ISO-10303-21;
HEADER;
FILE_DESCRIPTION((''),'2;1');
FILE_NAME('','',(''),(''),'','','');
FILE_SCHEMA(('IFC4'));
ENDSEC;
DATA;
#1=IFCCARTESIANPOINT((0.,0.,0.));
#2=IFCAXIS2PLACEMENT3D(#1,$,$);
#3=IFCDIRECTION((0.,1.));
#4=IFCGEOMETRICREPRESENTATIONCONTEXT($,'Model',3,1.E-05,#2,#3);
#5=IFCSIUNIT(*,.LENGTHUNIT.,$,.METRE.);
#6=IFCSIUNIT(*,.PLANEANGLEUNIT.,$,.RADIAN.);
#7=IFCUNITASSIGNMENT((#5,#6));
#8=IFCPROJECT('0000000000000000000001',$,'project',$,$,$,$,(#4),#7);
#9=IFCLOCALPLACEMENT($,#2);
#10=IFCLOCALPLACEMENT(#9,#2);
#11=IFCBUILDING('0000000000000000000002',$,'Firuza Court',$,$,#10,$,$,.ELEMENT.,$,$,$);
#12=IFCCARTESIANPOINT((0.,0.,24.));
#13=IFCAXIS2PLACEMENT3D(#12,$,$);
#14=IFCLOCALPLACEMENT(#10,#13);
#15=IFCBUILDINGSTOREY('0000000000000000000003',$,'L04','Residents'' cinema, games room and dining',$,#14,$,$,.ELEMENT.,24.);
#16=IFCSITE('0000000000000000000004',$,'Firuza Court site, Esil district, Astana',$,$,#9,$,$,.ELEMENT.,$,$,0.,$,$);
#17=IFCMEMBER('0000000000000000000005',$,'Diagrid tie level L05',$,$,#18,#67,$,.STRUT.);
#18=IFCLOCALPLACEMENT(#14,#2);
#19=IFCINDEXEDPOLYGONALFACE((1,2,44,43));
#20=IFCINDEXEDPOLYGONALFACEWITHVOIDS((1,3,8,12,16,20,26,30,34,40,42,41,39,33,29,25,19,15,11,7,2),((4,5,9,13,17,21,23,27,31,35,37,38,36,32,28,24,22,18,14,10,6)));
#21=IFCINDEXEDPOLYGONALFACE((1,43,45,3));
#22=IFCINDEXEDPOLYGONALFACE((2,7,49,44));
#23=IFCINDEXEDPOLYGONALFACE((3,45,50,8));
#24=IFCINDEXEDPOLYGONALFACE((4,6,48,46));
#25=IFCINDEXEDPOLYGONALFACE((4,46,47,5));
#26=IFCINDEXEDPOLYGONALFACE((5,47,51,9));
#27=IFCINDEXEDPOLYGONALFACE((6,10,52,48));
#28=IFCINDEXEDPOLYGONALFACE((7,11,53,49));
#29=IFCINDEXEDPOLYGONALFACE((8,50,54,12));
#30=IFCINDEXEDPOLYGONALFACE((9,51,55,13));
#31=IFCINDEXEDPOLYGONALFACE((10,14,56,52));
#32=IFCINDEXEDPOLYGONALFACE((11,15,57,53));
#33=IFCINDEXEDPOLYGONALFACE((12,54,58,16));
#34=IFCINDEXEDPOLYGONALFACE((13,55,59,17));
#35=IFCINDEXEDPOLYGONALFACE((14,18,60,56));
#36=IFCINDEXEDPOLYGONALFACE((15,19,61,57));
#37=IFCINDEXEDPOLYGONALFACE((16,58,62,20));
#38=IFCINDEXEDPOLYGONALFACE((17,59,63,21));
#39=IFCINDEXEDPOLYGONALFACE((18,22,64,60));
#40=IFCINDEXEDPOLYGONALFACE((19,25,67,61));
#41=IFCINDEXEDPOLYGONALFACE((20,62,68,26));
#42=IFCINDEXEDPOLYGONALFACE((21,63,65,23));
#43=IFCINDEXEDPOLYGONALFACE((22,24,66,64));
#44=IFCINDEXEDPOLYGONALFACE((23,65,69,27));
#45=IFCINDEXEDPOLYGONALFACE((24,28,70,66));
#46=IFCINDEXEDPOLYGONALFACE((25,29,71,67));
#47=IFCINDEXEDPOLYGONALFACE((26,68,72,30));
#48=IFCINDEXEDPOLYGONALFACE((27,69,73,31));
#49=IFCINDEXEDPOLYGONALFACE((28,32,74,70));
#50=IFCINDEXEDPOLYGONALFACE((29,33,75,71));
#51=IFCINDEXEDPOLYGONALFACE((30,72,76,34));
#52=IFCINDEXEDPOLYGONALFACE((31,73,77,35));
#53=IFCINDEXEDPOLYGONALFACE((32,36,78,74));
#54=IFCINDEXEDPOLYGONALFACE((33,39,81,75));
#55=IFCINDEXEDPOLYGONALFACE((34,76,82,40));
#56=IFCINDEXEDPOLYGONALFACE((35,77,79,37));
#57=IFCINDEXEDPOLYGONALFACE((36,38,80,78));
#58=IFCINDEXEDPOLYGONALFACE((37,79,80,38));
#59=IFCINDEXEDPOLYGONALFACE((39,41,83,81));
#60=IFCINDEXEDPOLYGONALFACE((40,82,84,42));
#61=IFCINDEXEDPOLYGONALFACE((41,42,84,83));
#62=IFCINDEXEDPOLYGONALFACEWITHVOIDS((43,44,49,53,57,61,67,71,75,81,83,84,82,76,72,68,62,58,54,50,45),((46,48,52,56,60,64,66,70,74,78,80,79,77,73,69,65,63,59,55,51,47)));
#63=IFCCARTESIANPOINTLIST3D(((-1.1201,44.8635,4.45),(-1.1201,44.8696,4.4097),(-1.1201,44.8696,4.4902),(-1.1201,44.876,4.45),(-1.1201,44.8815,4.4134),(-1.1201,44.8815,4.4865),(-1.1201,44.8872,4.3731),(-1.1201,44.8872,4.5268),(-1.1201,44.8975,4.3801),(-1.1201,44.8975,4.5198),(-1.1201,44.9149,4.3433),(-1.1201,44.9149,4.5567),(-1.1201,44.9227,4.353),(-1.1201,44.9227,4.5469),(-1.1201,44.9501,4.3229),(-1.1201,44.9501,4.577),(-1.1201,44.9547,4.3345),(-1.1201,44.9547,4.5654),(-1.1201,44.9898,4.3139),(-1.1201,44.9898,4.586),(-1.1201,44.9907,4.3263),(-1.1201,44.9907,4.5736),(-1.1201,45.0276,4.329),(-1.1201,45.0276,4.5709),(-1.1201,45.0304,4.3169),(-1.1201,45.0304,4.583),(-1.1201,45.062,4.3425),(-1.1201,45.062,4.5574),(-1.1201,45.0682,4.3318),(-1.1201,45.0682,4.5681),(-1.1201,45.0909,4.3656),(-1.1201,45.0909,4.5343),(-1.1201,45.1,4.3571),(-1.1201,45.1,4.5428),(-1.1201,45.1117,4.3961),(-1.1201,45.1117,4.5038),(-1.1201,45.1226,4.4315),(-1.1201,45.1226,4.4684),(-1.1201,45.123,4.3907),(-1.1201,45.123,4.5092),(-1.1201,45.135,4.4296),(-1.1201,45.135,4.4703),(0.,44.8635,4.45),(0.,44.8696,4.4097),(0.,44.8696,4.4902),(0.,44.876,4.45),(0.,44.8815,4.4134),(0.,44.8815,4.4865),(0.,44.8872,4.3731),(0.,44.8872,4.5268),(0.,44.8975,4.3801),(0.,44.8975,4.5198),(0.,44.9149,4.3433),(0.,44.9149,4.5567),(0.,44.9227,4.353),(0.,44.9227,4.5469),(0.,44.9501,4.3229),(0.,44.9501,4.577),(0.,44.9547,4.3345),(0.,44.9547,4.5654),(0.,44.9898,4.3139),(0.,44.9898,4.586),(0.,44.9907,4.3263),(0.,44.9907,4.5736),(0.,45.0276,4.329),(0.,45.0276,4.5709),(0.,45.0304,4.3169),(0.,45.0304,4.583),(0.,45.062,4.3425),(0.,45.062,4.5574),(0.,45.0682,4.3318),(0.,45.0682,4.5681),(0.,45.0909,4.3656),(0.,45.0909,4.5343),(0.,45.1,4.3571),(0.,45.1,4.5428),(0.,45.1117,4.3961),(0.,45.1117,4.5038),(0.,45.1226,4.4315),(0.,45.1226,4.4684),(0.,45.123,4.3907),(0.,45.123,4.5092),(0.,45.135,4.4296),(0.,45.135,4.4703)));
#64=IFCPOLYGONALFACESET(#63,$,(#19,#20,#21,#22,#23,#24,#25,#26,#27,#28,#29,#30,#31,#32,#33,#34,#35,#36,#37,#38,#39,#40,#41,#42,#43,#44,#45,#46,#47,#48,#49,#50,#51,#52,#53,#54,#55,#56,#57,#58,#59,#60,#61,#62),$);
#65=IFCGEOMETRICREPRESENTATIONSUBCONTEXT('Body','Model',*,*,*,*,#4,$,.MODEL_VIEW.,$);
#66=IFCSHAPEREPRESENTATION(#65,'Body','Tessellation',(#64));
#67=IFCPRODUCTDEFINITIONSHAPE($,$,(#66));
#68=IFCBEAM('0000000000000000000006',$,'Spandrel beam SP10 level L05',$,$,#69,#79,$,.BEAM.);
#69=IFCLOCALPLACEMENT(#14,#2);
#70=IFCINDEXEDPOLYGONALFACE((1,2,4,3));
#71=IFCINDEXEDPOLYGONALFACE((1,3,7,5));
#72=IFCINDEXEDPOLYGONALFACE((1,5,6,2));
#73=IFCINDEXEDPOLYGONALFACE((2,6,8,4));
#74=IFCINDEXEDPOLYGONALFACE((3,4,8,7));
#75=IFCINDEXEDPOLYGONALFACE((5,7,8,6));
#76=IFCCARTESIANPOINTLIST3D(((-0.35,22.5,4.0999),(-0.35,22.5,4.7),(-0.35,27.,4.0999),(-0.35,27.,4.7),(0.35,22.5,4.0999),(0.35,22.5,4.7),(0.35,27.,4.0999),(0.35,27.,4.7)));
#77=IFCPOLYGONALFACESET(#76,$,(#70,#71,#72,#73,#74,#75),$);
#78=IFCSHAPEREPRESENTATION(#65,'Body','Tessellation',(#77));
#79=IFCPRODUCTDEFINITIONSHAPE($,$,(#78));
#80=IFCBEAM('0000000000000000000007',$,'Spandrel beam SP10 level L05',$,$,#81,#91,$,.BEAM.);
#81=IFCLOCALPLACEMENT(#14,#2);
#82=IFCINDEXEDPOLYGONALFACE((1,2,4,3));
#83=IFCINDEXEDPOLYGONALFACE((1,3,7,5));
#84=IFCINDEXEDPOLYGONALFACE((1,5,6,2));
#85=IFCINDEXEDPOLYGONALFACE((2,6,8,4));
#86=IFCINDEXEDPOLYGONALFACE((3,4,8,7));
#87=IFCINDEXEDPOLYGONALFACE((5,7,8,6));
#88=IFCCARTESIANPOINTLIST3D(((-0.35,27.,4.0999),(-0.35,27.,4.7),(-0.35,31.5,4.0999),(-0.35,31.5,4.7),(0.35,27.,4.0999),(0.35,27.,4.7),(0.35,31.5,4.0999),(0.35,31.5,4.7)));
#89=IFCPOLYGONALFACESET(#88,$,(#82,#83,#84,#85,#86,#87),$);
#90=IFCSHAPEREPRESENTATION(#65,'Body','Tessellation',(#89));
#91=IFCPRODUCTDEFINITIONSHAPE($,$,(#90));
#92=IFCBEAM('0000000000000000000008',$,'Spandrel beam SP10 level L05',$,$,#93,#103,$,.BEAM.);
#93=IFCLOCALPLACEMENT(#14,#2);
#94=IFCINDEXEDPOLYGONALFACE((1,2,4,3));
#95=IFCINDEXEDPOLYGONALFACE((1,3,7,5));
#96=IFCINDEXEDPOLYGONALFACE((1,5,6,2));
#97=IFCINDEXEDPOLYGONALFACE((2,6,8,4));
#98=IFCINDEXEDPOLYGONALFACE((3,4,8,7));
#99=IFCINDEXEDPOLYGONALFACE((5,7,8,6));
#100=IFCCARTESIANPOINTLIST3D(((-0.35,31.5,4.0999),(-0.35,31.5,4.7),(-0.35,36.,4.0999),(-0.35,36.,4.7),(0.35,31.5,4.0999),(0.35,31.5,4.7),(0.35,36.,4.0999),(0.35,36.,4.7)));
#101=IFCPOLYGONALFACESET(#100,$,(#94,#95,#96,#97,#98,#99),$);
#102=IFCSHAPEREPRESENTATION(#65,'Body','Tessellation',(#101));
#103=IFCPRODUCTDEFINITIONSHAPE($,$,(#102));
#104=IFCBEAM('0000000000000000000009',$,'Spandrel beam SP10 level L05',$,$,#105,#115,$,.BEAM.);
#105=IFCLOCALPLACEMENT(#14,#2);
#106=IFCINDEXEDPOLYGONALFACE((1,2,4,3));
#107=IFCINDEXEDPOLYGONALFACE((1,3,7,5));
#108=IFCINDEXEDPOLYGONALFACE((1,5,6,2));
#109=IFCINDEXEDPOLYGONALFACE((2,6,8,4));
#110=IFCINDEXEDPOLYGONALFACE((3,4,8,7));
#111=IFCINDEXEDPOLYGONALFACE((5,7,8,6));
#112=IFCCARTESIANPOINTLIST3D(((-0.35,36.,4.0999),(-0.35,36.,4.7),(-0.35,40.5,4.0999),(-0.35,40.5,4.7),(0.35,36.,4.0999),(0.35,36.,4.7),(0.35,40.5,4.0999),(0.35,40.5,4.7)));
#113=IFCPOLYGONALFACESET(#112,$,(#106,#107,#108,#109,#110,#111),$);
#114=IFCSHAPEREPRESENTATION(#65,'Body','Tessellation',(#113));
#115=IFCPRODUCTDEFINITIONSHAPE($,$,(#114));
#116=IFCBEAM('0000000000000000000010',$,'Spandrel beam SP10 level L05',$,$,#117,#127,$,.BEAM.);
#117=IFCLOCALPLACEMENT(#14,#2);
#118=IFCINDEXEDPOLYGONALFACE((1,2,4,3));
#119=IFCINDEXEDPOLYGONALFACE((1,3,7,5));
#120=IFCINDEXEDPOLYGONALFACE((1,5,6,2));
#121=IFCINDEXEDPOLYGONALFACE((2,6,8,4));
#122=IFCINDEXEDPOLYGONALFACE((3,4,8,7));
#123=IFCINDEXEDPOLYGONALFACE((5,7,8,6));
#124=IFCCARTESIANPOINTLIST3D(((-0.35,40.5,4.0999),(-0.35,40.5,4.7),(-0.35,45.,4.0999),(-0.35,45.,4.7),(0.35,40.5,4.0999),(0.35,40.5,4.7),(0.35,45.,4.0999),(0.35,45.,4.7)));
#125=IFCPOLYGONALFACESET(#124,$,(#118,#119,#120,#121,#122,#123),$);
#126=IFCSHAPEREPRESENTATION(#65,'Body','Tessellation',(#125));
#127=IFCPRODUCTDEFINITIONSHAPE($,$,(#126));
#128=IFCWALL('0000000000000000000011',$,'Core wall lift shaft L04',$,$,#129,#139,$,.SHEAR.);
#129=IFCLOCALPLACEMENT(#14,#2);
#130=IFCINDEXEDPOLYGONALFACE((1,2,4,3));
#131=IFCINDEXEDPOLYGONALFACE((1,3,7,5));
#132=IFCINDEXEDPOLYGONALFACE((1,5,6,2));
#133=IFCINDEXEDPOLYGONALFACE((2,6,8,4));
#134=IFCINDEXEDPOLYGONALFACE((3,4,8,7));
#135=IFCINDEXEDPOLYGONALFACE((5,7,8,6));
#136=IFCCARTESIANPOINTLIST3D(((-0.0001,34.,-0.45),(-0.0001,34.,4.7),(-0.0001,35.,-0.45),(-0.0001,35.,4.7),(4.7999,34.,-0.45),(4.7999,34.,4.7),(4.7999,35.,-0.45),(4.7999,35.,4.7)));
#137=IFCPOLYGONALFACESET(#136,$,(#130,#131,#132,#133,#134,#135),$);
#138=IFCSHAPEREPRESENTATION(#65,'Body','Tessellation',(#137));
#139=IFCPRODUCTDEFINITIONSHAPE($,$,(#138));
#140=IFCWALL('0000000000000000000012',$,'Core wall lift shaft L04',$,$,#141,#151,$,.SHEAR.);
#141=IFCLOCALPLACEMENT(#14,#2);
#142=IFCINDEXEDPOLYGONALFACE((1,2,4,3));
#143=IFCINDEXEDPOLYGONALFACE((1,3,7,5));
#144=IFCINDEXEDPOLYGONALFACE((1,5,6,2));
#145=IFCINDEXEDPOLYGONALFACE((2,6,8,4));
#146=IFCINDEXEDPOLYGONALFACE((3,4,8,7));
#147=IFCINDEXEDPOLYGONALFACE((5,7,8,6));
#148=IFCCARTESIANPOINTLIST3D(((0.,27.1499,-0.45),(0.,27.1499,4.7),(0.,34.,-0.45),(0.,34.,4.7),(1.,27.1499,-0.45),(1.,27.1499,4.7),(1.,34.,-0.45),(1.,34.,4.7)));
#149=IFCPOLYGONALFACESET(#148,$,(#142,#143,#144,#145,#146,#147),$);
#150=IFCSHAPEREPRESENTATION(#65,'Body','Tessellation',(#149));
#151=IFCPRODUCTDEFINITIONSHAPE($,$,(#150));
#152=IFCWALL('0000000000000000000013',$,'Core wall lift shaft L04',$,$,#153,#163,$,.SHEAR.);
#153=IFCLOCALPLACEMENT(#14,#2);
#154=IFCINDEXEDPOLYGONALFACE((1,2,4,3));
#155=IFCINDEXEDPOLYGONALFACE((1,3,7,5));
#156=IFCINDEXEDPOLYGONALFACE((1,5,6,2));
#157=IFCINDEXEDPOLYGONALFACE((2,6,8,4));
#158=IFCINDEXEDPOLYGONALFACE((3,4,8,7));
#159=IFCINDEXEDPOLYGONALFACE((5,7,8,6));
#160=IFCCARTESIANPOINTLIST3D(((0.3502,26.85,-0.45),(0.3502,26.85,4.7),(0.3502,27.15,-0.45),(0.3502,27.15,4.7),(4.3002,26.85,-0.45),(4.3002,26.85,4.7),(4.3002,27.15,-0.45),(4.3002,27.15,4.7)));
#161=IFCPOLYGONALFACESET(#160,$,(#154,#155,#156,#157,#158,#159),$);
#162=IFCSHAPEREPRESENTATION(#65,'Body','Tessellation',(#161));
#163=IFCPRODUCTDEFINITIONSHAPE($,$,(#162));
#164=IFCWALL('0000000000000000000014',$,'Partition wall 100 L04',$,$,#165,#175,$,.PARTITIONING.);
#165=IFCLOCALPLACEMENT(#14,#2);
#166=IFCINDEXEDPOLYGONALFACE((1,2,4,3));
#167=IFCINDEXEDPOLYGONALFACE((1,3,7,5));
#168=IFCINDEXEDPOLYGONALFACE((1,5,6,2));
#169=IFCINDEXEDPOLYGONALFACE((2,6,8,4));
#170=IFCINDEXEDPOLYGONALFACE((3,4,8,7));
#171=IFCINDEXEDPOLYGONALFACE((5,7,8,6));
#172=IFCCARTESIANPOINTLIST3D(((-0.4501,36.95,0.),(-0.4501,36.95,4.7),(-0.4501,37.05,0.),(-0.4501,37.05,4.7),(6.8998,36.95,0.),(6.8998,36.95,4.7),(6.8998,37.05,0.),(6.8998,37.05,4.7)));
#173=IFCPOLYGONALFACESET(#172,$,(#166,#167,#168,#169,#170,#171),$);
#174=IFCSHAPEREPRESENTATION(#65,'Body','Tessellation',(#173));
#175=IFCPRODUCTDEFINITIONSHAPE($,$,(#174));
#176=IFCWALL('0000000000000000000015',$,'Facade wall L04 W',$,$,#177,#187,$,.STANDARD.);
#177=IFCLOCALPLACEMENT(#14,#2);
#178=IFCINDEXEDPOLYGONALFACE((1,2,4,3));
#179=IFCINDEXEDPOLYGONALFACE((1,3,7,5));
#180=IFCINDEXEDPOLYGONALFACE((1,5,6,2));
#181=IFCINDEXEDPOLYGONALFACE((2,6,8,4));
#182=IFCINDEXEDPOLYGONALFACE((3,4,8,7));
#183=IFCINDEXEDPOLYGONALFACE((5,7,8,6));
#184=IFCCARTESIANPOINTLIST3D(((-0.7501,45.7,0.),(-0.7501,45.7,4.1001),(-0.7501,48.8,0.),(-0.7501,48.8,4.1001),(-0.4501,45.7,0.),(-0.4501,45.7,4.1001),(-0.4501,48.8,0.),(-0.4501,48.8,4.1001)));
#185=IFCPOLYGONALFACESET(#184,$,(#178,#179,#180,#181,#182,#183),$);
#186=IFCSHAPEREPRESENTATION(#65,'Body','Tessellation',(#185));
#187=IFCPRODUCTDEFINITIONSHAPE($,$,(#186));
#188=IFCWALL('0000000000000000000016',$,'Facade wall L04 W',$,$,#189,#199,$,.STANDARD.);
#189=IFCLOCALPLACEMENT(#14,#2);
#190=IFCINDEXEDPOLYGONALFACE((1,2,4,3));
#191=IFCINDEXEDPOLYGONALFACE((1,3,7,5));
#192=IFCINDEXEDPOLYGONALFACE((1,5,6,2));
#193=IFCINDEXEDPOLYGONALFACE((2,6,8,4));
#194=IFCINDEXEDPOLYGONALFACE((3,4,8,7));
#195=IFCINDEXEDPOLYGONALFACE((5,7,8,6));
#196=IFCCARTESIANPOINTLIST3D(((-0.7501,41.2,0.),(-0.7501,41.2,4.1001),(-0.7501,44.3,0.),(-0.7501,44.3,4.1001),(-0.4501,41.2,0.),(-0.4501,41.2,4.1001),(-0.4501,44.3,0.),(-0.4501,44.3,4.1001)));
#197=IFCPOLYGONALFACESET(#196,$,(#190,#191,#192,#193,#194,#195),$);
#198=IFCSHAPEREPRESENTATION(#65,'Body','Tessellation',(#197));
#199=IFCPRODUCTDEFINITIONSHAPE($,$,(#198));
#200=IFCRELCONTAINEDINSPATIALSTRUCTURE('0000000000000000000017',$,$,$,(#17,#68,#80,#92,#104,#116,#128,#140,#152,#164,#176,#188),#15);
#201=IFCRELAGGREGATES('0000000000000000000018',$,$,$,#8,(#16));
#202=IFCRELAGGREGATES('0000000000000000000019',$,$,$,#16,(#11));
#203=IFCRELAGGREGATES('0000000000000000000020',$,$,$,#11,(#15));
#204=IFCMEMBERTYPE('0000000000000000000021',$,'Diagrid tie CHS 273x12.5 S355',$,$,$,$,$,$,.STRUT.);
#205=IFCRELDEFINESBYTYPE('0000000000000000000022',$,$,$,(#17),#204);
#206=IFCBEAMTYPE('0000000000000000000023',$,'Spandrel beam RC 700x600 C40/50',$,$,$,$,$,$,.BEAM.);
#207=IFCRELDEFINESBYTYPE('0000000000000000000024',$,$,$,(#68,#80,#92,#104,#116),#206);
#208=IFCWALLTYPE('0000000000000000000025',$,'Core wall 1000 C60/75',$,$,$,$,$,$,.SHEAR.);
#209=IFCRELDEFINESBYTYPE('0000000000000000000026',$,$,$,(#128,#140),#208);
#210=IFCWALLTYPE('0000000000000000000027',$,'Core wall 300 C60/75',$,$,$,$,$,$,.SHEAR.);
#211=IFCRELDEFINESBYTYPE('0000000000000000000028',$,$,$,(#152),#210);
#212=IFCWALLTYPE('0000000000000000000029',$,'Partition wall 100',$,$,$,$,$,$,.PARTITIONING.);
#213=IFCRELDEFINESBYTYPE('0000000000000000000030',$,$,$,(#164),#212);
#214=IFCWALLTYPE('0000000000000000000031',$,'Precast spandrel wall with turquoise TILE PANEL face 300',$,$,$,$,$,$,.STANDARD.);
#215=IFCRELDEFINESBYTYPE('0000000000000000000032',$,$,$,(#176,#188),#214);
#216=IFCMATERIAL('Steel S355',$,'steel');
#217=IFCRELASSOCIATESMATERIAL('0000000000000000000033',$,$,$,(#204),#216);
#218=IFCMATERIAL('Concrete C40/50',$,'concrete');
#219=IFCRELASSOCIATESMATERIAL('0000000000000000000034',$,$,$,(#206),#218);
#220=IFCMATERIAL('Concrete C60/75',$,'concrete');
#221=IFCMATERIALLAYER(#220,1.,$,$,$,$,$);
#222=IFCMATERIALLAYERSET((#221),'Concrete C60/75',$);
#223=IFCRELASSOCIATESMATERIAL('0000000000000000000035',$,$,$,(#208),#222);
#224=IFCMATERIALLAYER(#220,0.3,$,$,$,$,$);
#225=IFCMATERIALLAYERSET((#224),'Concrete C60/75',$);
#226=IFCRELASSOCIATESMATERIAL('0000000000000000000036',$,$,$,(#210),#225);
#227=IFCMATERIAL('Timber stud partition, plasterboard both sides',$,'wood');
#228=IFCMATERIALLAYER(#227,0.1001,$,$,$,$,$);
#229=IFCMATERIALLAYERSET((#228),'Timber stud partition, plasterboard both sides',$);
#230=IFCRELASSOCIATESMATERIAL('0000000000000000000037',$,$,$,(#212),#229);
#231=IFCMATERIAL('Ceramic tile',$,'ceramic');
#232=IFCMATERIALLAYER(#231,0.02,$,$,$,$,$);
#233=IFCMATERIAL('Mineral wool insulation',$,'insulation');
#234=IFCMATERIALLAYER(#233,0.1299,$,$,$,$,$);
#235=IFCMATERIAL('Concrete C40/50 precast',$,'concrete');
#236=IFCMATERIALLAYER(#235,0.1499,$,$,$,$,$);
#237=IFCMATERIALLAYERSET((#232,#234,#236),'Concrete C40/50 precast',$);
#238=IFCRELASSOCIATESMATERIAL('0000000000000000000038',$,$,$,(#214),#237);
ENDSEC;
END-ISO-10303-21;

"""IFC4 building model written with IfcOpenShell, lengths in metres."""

from ifc_helpers import new_model, si_unit, direction, frame, frame_2d, origin, origin_2d, place, context, subcontext, project, spatial, rectangle, hollow_circle, extrude, material, layer, layer_set, material_profile, profile_set, type_object, element, save


model = new_model("IFC4")

# Units and contexts
model_context = context("Model", 3, precision=1e-05, world=origin(), true_north=direction((0.0, 1.0)))
body_context = subcontext(model_context, "Body", "Model", "MODEL_VIEW")
ifc_project = project(units=[si_unit("LENGTHUNIT", "METRE"), si_unit("PLANEANGLEUNIT", "RADIAN")], contexts=[model_context])

# Site, building, storey
site_placement = place(None, origin())
site = spatial("IfcSite", under=ifc_project, at=site_placement, Name="Firuza Court site, Esil district, Astana", CompositionType="ELEMENT", RefElevation=0.0)
building_placement = place(site_placement, origin())
building = spatial("IfcBuilding", under=site, at=building_placement, Name="Firuza Court", CompositionType="ELEMENT")
storey_placement = place(building_placement, frame((0.0, 0.0, 24.0)))
storey = spatial("IfcBuildingStorey", under=building, at=storey_placement, Name="L04", Description="Residents' cinema, games room and dining", CompositionType="ELEMENT", Elevation=24.0)

# Member
ifc_material_1 = material(Name="Steel S355", Category="steel")
ifc_material_profile_1 = material_profile(ifc_material_1, hollow_circle(Radius=0.1365, WallThickness=0.0125, at=origin_2d()), Name="CHS 273x12.5")
ifc_profile_set_1 = profile_set([ifc_material_profile_1], Name="Steel S355")
member_type_1 = type_object("IfcMemberType", Name="Diagrid tie CHS 273x12.5 S355", PredefinedType="STRUT", material=ifc_profile_set_1)
member_1_placement = place(storey_placement, frame((0.0, 45.0, 4.45), z_axis=(-1.0, 0.0, 0.0), x_axis=(0.0, -1.0, 0.0)))
element("IfcMember", 1, at=member_1_placement, inside=storey, type_object=member_type_1, Name="Diagrid tie level L05", PredefinedType="STRUT", context=body_context, shape_type="SweptSolid", body=[
    extrude(hollow_circle(Radius=0.1365, WallThickness=0.0125, at=origin_2d()), origin(), (0.0, 0.0, 1.0), 1.1201),
])

# Beams
ifc_material_2 = material(Name="Concrete C40/50", Category="concrete")
ifc_material_profile_2 = material_profile(ifc_material_2, rectangle(XDim=0.7, YDim=0.6001, at=origin_2d()), Name="RC 700x600")
ifc_profile_set_2 = profile_set([ifc_material_profile_2], Name="Concrete C40/50")
beam_type_1 = type_object("IfcBeamType", Name="Spandrel beam RC 700x600 C40/50", PredefinedType="BEAM", material=ifc_profile_set_2)
for number, where, z_axis, x_axis, name in (
    (2, (0.0, 27.0, 4.3999), (0.0, -1.0, 0.0), (1.0, 0.0, 0.0), "Spandrel beam SP10 level L05"),
    (3, (0.0, 31.5, 4.3999), (0.0, -1.0, 0.0), (1.0, 0.0, 0.0), "Spandrel beam SP10 level L05"),
    (4, (0.0, 36.0, 4.3999), (0.0, -1.0, 0.0), (1.0, 0.0, 0.0), "Spandrel beam SP10 level L05"),
    (5, (0.0, 40.5, 4.3999), (0.0, -1.0, 0.0), (1.0, 0.0, 0.0), "Spandrel beam SP10 level L05"),
    (6, (0.0, 45.0, 4.3999), (0.0, -1.0, 0.0), (1.0, 0.0, 0.0), "Spandrel beam SP10 level L05"),
):
    element("IfcBeam", number, at=place(storey_placement, frame(where, z_axis=z_axis, x_axis=x_axis)), inside=storey, type_object=beam_type_1, Name=name, PredefinedType="BEAM", context=body_context, shape_type="SweptSolid", body=[
        extrude(rectangle(XDim=0.7, YDim=0.6001, at=origin_2d()), origin(), (0.0, 0.0, 1.0), 4.5),
    ])

# Walls
ifc_material_3 = material(Name="Concrete C60/75", Category="concrete")
ifc_layer_1 = layer(ifc_material_3, 1.0)
ifc_layer_set_1 = layer_set([ifc_layer_1], Name="Concrete C60/75")
wall_type_1 = type_object("IfcWallType", Name="Core wall 1000 C60/75", PredefinedType="SHEAR", material=ifc_layer_set_1)
wall_1_placement = place(storey_placement, frame((0.0, 34.5, -0.45), z_axis=(0.0, 0.0, 1.0), x_axis=(1.0, 0.0, 0.0)))
element("IfcWall", 7, at=wall_1_placement, inside=storey, type_object=wall_type_1, Name="Core wall lift shaft L04", PredefinedType="SHEAR", context=body_context, shape_type="SweptSolid", body=[
    extrude(rectangle(XDim=4.8, YDim=1.0, at=frame_2d((2.3999, 0.0))), origin(), (0.0, 0.0, 1.0), 5.1499),
])
wall_2_placement = place(storey_placement, frame((0.5, 27.1499, -0.45), z_axis=(0.0, 0.0, 1.0), x_axis=(0.0, 1.0, 0.0)))
element("IfcWall", 8, at=wall_2_placement, inside=storey, type_object=wall_type_1, Name="Core wall lift shaft L04", PredefinedType="SHEAR", context=body_context, shape_type="SweptSolid", body=[
    extrude(rectangle(XDim=6.8501, YDim=1.0, at=frame_2d((3.425, 0.0))), origin(), (0.0, 0.0, 1.0), 5.1499),
])
ifc_layer_2 = layer(ifc_material_3, 0.3)
ifc_layer_set_2 = layer_set([ifc_layer_2], Name="Concrete C60/75")
wall_type_2 = type_object("IfcWallType", Name="Core wall 300 C60/75", PredefinedType="SHEAR", material=ifc_layer_set_2)
wall_3_placement = place(storey_placement, frame((0.3501, 27.0, -0.45), z_axis=(0.0, 0.0, 1.0), x_axis=(1.0, 0.0, 0.0)))
element("IfcWall", 9, at=wall_3_placement, inside=storey, type_object=wall_type_2, Name="Core wall lift shaft L04", PredefinedType="SHEAR", context=body_context, shape_type="SweptSolid", body=[
    extrude(rectangle(XDim=3.95, YDim=0.3, at=frame_2d((1.9751, 0.0))), origin(), (0.0, 0.0, 1.0), 5.1499),
])
ifc_material_4 = material(Name="Timber stud partition, plasterboard both sides", Category="wood")
ifc_layer_3 = layer(ifc_material_4, 0.1001)
ifc_layer_set_3 = layer_set([ifc_layer_3], Name="Timber stud partition, plasterboard both sides")
wall_type_3 = type_object("IfcWallType", Name="Partition wall 100", PredefinedType="PARTITIONING", material=ifc_layer_set_3)
wall_4_placement = place(storey_placement, frame((-0.45, 37.0, 0.0), z_axis=(0.0, 0.0, 1.0), x_axis=(1.0, 0.0, 0.0)))
element("IfcWall", 10, at=wall_4_placement, inside=storey, type_object=wall_type_3, Name="Partition wall 100 L04", PredefinedType="PARTITIONING", context=body_context, shape_type="SweptSolid", body=[
    extrude(rectangle(XDim=7.3499, YDim=0.1001, at=frame_2d((3.6748, 0.0))), origin(), (0.0, 0.0, 1.0), 4.7),
])
ifc_material_5 = material(Name="Ceramic tile", Category="ceramic")
ifc_layer_4 = layer(ifc_material_5, 0.02)
ifc_material_6 = material(Name="Mineral wool insulation", Category="insulation")
ifc_layer_5 = layer(ifc_material_6, 0.1299)
ifc_material_7 = material(Name="Concrete C40/50 precast", Category="concrete")
ifc_layer_6 = layer(ifc_material_7, 0.1499)
ifc_layer_set_4 = layer_set([ifc_layer_4, ifc_layer_5, ifc_layer_6], Name="Concrete C40/50 precast")
wall_type_4 = type_object("IfcWallType", Name="Precast spandrel wall with turquoise TILE PANEL face 300", PredefinedType="STANDARD", material=ifc_layer_set_4)
for number, where, z_axis, x_axis, name in (
    (11, (-0.6001, 48.8, 0.0), (0.0, 0.0, 1.0), (0.0, -1.0, 0.0), "Facade wall L04 W"),
    (12, (-0.6001, 44.3, 0.0), (0.0, 0.0, 1.0), (0.0, -1.0, 0.0), "Facade wall L04 W"),
):
    element("IfcWall", number, at=place(storey_placement, frame(where, z_axis=z_axis, x_axis=x_axis)), inside=storey, type_object=wall_type_4, Name=name, PredefinedType="STANDARD", context=body_context, shape_type="SweptSolid", body=[
        extrude(rectangle(XDim=3.1001, YDim=0.3, at=frame_2d((1.55, 0.0))), origin(), (0.0, 0.0, 1.0), 4.1001),
    ])

save(model, "model.ifc")
